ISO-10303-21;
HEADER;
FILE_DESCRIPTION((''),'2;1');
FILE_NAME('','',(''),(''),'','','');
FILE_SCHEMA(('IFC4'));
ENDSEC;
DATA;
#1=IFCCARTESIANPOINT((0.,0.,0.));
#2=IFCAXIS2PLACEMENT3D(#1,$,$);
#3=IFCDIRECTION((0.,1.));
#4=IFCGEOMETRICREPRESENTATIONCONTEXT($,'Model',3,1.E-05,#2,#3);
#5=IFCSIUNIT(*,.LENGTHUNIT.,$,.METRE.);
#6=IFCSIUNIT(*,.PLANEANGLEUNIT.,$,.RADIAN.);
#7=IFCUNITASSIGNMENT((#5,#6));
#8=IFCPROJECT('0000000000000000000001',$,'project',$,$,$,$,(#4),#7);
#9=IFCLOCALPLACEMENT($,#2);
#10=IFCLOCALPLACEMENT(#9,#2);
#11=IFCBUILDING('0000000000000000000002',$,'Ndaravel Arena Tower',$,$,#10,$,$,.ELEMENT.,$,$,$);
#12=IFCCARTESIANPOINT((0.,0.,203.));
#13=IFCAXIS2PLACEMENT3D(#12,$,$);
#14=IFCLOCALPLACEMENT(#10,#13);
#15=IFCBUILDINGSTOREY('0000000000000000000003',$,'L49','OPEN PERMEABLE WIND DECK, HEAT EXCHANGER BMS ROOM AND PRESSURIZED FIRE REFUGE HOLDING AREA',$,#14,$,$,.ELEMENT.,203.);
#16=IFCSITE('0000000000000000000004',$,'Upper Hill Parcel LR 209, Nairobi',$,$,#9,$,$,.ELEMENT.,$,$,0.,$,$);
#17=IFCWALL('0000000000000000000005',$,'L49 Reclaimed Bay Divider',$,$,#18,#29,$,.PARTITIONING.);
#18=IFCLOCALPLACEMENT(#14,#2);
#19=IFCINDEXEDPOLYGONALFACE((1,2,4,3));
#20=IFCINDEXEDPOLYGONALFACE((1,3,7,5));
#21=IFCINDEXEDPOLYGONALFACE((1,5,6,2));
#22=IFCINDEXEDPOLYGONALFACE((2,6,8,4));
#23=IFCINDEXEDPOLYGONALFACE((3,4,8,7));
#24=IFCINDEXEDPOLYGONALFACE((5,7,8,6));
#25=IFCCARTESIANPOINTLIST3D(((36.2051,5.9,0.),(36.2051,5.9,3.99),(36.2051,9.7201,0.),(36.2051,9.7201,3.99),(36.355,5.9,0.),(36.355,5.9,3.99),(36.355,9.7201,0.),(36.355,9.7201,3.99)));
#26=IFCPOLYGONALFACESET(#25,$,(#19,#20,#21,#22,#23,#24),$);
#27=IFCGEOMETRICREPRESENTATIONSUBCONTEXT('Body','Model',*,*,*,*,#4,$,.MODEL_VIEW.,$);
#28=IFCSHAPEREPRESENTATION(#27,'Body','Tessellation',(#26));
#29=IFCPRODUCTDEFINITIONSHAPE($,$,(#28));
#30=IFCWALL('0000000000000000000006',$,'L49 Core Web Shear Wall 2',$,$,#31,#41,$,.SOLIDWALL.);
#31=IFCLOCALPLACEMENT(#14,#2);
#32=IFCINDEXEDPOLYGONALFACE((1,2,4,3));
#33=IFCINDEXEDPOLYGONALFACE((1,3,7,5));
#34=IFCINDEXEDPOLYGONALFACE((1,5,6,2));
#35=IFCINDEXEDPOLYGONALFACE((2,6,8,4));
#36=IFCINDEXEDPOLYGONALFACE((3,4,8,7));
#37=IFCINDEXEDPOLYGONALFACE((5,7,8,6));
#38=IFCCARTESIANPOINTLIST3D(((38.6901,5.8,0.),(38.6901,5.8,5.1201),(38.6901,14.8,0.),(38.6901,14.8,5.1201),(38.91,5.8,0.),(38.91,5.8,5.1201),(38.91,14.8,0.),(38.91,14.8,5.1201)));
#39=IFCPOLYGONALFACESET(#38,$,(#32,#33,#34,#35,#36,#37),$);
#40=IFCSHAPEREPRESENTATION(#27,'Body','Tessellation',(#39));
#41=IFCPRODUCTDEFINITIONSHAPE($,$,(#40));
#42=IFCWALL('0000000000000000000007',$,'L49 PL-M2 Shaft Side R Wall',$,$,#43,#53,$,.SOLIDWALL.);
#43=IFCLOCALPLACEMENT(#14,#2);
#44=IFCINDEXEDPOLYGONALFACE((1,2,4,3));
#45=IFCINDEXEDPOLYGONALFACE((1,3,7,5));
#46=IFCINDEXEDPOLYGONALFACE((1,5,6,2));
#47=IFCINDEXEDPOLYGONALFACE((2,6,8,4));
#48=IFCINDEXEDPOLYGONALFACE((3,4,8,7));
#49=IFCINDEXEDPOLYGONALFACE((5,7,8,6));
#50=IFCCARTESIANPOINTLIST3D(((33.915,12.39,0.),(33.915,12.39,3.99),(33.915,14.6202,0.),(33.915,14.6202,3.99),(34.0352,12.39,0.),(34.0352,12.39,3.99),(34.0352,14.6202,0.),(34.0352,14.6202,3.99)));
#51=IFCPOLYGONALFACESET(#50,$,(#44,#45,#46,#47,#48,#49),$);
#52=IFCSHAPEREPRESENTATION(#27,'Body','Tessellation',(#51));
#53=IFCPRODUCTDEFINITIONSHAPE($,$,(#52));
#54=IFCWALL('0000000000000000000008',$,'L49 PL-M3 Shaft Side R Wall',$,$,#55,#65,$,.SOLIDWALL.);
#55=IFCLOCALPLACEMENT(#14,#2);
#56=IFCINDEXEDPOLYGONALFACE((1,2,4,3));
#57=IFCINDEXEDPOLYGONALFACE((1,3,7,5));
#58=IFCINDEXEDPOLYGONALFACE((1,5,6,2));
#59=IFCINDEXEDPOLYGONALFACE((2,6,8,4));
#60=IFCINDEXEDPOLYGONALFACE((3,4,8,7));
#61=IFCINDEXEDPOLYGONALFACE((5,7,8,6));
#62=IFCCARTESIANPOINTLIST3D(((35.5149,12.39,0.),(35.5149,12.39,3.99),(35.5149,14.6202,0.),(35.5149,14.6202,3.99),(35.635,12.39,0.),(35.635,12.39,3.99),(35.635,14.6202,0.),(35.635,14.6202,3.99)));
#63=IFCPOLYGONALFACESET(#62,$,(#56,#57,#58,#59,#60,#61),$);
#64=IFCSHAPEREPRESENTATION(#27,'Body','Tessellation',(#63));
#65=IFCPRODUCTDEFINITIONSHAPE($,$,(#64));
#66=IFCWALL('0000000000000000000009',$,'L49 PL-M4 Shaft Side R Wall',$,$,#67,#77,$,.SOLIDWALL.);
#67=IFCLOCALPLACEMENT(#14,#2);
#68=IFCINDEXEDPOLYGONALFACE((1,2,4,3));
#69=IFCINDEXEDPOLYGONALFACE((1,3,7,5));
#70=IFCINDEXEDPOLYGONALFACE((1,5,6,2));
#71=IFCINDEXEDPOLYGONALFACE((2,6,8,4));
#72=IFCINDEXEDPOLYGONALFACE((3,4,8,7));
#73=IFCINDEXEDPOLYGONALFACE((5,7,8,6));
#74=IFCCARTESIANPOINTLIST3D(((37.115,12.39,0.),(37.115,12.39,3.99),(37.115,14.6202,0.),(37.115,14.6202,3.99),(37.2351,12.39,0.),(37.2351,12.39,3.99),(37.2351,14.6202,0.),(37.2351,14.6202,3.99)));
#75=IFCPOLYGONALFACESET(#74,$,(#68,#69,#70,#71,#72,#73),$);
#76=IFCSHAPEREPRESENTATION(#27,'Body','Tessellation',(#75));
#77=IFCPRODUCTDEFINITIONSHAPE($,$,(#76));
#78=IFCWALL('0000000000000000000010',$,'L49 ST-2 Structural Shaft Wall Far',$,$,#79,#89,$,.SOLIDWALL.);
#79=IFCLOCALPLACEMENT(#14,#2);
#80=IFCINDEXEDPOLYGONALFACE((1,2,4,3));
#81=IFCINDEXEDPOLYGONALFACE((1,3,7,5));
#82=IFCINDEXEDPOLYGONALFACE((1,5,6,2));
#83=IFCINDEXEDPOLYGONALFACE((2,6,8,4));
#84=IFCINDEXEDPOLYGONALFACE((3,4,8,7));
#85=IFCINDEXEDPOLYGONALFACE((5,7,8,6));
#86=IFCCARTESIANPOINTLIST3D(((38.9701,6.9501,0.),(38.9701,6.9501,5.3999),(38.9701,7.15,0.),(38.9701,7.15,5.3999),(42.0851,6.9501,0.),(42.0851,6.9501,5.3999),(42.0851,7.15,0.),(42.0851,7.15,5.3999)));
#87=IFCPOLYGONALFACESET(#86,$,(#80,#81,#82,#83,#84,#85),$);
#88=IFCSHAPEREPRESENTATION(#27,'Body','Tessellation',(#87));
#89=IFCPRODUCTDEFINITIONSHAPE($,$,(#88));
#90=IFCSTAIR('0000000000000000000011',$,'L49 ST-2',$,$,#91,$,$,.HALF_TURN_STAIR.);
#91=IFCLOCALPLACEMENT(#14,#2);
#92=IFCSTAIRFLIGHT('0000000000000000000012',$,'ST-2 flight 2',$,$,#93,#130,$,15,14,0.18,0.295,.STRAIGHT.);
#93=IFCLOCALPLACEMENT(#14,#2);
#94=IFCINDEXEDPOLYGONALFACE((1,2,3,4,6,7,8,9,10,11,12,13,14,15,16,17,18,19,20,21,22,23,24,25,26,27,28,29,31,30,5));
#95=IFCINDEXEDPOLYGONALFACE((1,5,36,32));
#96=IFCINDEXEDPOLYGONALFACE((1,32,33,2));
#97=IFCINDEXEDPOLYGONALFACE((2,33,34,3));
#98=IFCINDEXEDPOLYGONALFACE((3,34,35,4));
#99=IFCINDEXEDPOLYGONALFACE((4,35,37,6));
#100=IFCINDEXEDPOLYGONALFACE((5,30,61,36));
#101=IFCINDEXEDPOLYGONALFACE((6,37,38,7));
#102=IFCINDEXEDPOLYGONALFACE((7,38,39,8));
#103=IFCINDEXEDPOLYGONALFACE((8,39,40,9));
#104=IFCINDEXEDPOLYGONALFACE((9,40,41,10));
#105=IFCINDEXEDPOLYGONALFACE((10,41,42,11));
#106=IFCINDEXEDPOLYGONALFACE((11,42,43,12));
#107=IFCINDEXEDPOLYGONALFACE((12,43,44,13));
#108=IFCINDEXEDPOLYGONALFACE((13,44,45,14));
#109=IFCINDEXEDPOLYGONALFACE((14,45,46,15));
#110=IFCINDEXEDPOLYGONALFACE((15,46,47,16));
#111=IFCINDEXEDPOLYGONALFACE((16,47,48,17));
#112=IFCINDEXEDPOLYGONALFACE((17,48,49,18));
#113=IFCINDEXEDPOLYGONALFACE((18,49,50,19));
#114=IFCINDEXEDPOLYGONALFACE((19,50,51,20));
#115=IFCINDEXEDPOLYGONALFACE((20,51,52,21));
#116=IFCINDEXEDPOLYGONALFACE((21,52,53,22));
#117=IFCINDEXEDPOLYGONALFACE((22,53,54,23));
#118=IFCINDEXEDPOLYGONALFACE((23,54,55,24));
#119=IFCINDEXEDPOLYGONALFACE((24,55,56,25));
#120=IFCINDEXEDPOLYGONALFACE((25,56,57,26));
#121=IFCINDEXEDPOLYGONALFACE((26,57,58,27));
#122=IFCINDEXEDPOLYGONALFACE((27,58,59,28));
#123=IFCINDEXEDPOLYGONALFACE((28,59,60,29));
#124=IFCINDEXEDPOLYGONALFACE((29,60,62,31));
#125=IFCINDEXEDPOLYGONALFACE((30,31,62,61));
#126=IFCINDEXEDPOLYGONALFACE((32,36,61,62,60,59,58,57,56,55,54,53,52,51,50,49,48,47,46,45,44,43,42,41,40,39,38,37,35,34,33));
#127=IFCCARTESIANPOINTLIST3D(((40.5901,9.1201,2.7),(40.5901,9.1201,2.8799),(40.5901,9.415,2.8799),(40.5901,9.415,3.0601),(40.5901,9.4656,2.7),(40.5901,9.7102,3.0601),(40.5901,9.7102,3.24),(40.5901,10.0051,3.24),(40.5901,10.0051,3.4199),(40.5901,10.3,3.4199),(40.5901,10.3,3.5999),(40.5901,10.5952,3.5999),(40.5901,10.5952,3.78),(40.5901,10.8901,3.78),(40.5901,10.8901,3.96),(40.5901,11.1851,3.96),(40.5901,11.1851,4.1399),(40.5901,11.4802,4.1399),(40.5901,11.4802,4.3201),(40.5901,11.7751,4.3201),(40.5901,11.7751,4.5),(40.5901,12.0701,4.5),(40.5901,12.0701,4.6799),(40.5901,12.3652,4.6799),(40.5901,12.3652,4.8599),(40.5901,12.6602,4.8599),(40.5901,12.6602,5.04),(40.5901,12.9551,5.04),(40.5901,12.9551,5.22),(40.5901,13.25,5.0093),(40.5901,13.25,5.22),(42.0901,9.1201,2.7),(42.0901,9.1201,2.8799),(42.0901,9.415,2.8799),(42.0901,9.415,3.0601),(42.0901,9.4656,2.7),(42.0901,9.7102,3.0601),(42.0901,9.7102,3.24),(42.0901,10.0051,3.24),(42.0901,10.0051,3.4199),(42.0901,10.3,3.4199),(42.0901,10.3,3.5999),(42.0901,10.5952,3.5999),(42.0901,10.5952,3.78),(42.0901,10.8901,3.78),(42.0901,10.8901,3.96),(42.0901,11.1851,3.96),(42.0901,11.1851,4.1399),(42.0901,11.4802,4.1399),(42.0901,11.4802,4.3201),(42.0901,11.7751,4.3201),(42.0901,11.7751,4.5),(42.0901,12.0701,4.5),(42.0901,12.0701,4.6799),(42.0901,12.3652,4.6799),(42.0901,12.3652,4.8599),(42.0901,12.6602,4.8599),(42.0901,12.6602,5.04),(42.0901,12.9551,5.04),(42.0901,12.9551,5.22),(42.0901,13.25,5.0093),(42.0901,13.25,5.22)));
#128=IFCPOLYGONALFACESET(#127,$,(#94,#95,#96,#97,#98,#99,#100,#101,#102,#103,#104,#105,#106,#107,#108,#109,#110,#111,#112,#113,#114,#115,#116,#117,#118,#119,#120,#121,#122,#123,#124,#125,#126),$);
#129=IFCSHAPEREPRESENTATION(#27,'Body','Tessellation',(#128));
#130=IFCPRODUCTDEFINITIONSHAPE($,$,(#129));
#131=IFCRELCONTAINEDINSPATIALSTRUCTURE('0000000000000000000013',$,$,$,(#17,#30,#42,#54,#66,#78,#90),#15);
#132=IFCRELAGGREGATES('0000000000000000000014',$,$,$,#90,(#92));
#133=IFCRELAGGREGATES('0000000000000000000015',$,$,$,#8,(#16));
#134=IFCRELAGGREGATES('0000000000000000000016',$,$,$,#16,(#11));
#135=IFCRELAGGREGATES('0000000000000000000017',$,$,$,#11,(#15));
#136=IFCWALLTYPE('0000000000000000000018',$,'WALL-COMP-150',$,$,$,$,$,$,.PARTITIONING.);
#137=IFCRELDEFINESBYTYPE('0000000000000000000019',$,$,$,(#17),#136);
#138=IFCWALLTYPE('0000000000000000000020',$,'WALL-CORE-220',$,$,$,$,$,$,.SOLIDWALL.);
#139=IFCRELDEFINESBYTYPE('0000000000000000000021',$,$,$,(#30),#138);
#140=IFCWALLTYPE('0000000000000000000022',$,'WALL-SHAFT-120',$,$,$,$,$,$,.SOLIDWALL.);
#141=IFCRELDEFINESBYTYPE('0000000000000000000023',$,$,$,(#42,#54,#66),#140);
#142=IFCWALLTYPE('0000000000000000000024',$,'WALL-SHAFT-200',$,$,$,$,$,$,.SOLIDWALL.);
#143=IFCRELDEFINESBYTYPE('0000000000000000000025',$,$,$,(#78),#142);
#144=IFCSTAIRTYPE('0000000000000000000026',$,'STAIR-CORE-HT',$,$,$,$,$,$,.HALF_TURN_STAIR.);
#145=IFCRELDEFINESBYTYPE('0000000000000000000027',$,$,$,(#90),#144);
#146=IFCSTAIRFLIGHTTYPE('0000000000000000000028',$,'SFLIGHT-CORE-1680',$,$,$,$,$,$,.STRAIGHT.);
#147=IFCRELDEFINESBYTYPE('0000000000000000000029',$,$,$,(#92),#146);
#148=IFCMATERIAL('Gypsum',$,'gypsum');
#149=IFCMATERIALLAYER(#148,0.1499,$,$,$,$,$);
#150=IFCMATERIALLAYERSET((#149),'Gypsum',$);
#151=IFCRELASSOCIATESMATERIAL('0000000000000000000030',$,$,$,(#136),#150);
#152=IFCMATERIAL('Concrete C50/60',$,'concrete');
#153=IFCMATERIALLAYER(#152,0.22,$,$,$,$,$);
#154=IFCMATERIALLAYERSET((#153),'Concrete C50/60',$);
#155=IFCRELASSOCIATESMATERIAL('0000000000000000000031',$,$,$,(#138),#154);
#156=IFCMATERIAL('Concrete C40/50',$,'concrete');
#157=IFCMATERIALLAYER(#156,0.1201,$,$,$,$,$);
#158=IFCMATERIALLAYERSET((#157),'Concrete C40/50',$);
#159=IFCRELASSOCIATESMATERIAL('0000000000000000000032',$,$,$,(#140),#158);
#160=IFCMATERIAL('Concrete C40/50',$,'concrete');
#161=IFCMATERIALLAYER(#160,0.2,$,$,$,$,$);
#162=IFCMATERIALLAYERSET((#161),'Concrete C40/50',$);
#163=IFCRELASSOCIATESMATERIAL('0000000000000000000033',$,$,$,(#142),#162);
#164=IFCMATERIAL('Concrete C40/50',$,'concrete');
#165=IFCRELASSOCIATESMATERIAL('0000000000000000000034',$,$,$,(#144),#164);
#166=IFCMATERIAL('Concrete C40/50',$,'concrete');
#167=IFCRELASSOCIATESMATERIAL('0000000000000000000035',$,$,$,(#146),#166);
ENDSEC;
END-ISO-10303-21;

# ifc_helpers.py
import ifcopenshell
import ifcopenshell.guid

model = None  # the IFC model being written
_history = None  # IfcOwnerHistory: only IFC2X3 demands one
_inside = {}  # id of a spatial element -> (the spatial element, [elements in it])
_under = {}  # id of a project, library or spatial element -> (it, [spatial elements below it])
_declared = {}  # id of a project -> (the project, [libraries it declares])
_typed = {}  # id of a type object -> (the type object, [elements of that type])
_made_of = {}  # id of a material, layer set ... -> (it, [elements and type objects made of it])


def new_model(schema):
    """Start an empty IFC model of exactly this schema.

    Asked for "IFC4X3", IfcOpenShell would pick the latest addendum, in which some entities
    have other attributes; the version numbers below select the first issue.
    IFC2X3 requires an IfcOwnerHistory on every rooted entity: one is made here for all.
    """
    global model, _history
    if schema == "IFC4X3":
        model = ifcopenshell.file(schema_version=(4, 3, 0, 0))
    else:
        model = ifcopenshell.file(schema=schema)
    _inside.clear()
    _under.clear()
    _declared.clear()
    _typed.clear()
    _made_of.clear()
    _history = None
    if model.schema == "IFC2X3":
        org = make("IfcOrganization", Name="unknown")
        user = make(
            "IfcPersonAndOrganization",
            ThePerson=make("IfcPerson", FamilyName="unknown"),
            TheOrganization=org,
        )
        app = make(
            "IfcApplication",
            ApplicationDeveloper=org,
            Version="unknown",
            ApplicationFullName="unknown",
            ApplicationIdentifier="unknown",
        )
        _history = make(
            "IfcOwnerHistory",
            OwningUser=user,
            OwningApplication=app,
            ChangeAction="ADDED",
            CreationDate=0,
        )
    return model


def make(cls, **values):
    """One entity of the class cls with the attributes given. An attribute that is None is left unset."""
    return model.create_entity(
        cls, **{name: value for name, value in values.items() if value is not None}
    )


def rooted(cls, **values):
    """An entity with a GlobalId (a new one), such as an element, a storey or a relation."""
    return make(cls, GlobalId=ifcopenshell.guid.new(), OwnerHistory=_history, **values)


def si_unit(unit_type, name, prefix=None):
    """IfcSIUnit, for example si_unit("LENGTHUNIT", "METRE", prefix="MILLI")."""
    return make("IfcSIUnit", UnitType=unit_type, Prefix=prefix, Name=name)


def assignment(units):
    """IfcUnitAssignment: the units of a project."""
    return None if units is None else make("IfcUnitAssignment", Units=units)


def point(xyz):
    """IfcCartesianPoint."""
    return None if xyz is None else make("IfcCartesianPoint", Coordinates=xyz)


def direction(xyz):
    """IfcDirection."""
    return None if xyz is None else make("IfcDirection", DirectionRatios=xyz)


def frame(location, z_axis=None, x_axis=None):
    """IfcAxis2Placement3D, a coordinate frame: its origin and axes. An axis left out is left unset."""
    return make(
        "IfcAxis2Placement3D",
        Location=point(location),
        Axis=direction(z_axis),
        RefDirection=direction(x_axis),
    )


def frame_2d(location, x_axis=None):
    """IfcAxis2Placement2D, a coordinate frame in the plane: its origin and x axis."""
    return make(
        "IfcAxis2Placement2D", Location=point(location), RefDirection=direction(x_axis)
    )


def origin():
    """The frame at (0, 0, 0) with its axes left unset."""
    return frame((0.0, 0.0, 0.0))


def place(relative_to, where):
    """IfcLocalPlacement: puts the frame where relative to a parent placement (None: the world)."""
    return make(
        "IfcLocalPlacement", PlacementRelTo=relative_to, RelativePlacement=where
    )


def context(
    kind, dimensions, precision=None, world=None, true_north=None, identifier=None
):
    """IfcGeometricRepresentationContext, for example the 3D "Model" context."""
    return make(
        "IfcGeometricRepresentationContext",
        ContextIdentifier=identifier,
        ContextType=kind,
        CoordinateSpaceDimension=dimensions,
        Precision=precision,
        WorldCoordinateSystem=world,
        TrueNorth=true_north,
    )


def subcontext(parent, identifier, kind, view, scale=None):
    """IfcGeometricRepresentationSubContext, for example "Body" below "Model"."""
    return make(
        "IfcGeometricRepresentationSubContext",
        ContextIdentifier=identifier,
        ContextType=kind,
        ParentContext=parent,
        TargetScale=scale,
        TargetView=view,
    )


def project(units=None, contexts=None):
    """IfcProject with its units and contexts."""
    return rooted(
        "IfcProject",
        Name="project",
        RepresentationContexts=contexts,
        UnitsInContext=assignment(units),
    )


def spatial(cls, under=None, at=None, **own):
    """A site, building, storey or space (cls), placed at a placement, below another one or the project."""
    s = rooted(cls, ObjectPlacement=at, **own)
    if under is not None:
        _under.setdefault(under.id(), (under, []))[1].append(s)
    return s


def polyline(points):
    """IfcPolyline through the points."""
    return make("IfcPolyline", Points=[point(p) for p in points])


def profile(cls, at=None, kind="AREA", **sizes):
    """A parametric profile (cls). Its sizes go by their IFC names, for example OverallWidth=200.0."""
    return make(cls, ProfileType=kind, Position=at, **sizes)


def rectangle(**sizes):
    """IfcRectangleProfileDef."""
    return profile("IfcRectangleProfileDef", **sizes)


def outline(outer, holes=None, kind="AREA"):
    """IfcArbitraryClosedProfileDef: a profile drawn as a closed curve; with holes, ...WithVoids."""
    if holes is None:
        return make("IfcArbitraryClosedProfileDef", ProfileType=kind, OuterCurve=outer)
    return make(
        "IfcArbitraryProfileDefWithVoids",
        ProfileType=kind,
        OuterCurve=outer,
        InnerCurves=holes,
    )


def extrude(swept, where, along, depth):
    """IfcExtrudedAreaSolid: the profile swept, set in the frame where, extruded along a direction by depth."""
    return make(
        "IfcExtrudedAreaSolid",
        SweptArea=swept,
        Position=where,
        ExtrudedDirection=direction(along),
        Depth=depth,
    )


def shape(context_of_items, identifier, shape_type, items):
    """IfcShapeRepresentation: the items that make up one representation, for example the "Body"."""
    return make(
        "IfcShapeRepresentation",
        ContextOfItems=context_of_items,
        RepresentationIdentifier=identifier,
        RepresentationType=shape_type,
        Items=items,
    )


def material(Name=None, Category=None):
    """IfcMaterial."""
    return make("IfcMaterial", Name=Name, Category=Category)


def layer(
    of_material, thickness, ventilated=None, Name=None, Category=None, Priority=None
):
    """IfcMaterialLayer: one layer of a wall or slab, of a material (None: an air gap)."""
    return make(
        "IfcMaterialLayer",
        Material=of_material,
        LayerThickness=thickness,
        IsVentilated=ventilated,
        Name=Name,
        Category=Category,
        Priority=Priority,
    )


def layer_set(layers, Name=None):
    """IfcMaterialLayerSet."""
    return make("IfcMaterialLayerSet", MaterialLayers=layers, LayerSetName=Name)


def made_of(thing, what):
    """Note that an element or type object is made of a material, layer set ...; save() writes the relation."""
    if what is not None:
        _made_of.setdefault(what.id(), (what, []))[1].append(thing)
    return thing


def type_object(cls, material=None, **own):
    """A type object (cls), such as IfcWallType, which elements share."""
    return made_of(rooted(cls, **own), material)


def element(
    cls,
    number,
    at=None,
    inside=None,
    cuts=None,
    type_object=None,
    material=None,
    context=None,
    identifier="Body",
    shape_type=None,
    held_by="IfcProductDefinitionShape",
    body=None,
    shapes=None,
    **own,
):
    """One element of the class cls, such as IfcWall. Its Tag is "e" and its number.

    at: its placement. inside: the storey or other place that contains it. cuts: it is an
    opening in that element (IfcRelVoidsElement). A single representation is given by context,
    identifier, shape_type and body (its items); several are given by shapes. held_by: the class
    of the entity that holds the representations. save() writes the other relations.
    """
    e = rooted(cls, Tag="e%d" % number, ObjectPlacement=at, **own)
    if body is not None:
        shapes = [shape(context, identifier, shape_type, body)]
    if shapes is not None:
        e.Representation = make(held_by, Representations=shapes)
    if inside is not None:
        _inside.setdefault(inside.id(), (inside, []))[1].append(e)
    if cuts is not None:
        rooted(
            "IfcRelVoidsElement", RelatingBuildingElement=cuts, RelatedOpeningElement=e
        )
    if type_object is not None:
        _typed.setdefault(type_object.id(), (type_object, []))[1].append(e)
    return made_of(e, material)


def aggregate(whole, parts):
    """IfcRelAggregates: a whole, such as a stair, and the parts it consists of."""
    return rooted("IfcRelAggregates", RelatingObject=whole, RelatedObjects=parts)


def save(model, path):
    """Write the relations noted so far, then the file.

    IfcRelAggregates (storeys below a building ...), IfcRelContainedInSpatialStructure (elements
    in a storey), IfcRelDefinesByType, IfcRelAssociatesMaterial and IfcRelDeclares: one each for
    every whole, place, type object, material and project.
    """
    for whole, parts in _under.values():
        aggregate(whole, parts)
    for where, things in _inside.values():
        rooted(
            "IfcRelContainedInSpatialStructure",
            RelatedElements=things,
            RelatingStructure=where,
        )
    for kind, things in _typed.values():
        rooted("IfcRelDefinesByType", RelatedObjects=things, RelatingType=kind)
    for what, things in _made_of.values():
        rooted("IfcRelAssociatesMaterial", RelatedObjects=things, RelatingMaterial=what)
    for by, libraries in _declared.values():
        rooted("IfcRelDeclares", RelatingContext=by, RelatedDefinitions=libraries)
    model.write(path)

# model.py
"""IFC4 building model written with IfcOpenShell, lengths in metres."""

from ifc_helpers import new_model, si_unit, direction, frame, frame_2d, origin, place, context, subcontext, project, spatial, polyline, rectangle, outline, extrude, material, layer, layer_set, type_object, element, aggregate, save


model = new_model("IFC4")

# Units and contexts
model_context = context("Model", 3, precision=1e-05, world=origin(), true_north=direction((0.0, 1.0)))
body_context = subcontext(model_context, "Body", "Model", "MODEL_VIEW")
ifc_project = project(units=[si_unit("LENGTHUNIT", "METRE"), si_unit("PLANEANGLEUNIT", "RADIAN")], contexts=[model_context])

# Site, building, storey
site_placement = place(None, origin())
site = spatial("IfcSite", under=ifc_project, at=site_placement, Name="Upper Hill Parcel LR 209, Nairobi", CompositionType="ELEMENT", RefElevation=0.0)
building_placement = place(site_placement, origin())
building = spatial("IfcBuilding", under=site, at=building_placement, Name="Ndaravel Arena Tower", CompositionType="ELEMENT")
storey_placement = place(building_placement, frame((0.0, 0.0, 203.0)))
storey = spatial("IfcBuildingStorey", under=building, at=storey_placement, Name="L49", Description="OPEN PERMEABLE WIND DECK, HEAT EXCHANGER BMS ROOM AND PRESSURIZED FIRE REFUGE HOLDING AREA", CompositionType="ELEMENT", Elevation=203.0)

# Walls
ifc_material_1 = material(Name="Gypsum", Category="gypsum")
ifc_layer_1 = layer(ifc_material_1, 0.1499)
ifc_layer_set_1 = layer_set([ifc_layer_1], Name="Gypsum")
wall_type_1 = type_object("IfcWallType", Name="WALL-COMP-150", PredefinedType="PARTITIONING", material=ifc_layer_set_1)
wall_1_placement = place(storey_placement, frame((36.28, 5.8999, 0.0), z_axis=(0.0, 0.0, 1.0), x_axis=(0.0, 1.0, 0.0)))
element("IfcWall", 1, at=wall_1_placement, inside=storey, type_object=wall_type_1, Name="L49 Reclaimed Bay Divider", PredefinedType="PARTITIONING", context=body_context, shape_type="SweptSolid", body=[
    extrude(rectangle(XDim=3.8201, YDim=0.1499, at=frame_2d((1.9102, 0.0))), origin(), (0.0, 0.0, 1.0), 3.99),
])
ifc_material_2 = material(Name="Concrete C50/60", Category="concrete")
ifc_layer_2 = layer(ifc_material_2, 0.22)
ifc_layer_set_2 = layer_set([ifc_layer_2], Name="Concrete C50/60")
wall_type_2 = type_object("IfcWallType", Name="WALL-CORE-220", PredefinedType="SOLIDWALL", material=ifc_layer_set_2)
wall_2_placement = place(storey_placement, frame((38.8, 5.8, 0.0), z_axis=(0.0, 0.0, 1.0), x_axis=(0.0, 1.0, 0.0)))
element("IfcWall", 2, at=wall_2_placement, inside=storey, type_object=wall_type_2, Name="L49 Core Web Shear Wall 2", PredefinedType="SOLIDWALL", context=body_context, shape_type="SweptSolid", body=[
    extrude(rectangle(XDim=9.0, YDim=0.22, at=frame_2d((4.5, 0.0))), origin(), (0.0, 0.0, 1.0), 5.1201),
])
ifc_material_3 = material(Name="Concrete C40/50", Category="concrete")
ifc_layer_3 = layer(ifc_material_3, 0.1201)
ifc_layer_set_3 = layer_set([ifc_layer_3], Name="Concrete C40/50")
wall_type_3 = type_object("IfcWallType", Name="WALL-SHAFT-120", PredefinedType="SOLIDWALL", material=ifc_layer_set_3)
for number, where, z_axis, x_axis, name in (
    (3, (33.9751, 12.3899, 0.0), (0.0, 0.0, 1.0), (0.0, 1.0, 0.0), "L49 PL-M2 Shaft Side R Wall"),
    (4, (35.575, 12.3899, 0.0), (0.0, 0.0, 1.0), (0.0, 1.0, 0.0), "L49 PL-M3 Shaft Side R Wall"),
    (5, (37.175, 12.3899, 0.0), (0.0, 0.0, 1.0), (0.0, 1.0, 0.0), "L49 PL-M4 Shaft Side R Wall"),
):
    element("IfcWall", number, at=place(storey_placement, frame(where, z_axis=z_axis, x_axis=x_axis)), inside=storey, type_object=wall_type_3, Name=name, PredefinedType="SOLIDWALL", context=body_context, shape_type="SweptSolid", body=[
        extrude(rectangle(XDim=2.2302, YDim=0.1201, at=frame_2d((1.1152, 0.0))), origin(), (0.0, 0.0, 1.0), 3.99),
    ])
ifc_material_4 = material(Name="Concrete C40/50", Category="concrete")
ifc_layer_4 = layer(ifc_material_4, 0.2)
ifc_layer_set_4 = layer_set([ifc_layer_4], Name="Concrete C40/50")
wall_type_4 = type_object("IfcWallType", Name="WALL-SHAFT-200", PredefinedType="SOLIDWALL", material=ifc_layer_set_4)
wall_3_placement = place(storey_placement, frame((38.97, 7.05, 0.0), z_axis=(0.0, 0.0, 1.0), x_axis=(1.0, 0.0, 0.0)))
element("IfcWall", 6, at=wall_3_placement, inside=storey, type_object=wall_type_4, Name="L49 ST-2 Structural Shaft Wall Far", PredefinedType="SOLIDWALL", context=body_context, shape_type="SweptSolid", body=[
    extrude(rectangle(XDim=3.115, YDim=0.2, at=frame_2d((1.5576, 0.0))), origin(), (0.0, 0.0, 1.0), 5.3999),
])

# Stair, stair flight
ifc_material_5 = material(Name="Concrete C40/50", Category="concrete")
stair_type = type_object("IfcStairType", Name="STAIR-CORE-HT", PredefinedType="HALF_TURN_STAIR", material=ifc_material_5)
stair_placement = place(storey_placement, origin())
stair = element("IfcStair", 7, at=stair_placement, inside=storey, type_object=stair_type, Name="L49 ST-2", PredefinedType="HALF_TURN_STAIR")
ifc_material_6 = material(Name="Concrete C40/50", Category="concrete")
stair_flight_type = type_object("IfcStairFlightType", Name="SFLIGHT-CORE-1680", PredefinedType="STRAIGHT", material=ifc_material_6)
stair_flight_placement = place(storey_placement, frame((41.3401, 9.1201, 2.7), z_axis=(0.0, 0.0, 1.0), x_axis=(0.0, 1.0, 0.0)))
stair_flight = element("IfcStairFlight", 8, at=stair_flight_placement, type_object=stair_flight_type, Name="ST-2 flight 2", NumberOfRisers=15, NumberOfTreads=14, PredefinedType="STRAIGHT", RiserHeight=0.18, TreadLength=0.295, context=body_context, shape_type="SweptSolid", body=[
    extrude(outline(polyline([(0.0, 0.0), (0.0, 0.1799), (0.2949, 0.1799), (0.2949, 0.3601), (0.5901, 0.3601), (0.5901, 0.54), (0.885, 0.54), (0.885, 0.72), (1.1799, 0.72), (1.1799, 0.8999), (1.4751, 0.8999), (1.4751, 1.0801), (1.77, 1.0801), (1.77, 1.26), (2.0649, 1.26), (2.0649, 1.4399), (2.3601, 1.4399), (2.3601, 1.6201), (2.655, 1.6201), (2.655, 1.8), (2.95, 1.8), (2.95, 1.98), (3.2451, 1.98), (3.2451, 2.1599), (3.54, 2.1599), (3.54, 2.3401), (3.835, 2.3401), (3.835, 2.52), (4.1299, 2.52), (4.1299, 2.7), (4.1299, 2.3093), (0.3455, 0.0), (0.0, 0.0)])), frame((0.0, 0.75, 0.0), z_axis=(0.0, -1.0, 0.0), x_axis=(1.0, 0.0, 0.0)), (0.0, 0.0, 1.0), 1.5),
])
aggregate(stair, [stair_flight])

save(model, "model.ifc")
